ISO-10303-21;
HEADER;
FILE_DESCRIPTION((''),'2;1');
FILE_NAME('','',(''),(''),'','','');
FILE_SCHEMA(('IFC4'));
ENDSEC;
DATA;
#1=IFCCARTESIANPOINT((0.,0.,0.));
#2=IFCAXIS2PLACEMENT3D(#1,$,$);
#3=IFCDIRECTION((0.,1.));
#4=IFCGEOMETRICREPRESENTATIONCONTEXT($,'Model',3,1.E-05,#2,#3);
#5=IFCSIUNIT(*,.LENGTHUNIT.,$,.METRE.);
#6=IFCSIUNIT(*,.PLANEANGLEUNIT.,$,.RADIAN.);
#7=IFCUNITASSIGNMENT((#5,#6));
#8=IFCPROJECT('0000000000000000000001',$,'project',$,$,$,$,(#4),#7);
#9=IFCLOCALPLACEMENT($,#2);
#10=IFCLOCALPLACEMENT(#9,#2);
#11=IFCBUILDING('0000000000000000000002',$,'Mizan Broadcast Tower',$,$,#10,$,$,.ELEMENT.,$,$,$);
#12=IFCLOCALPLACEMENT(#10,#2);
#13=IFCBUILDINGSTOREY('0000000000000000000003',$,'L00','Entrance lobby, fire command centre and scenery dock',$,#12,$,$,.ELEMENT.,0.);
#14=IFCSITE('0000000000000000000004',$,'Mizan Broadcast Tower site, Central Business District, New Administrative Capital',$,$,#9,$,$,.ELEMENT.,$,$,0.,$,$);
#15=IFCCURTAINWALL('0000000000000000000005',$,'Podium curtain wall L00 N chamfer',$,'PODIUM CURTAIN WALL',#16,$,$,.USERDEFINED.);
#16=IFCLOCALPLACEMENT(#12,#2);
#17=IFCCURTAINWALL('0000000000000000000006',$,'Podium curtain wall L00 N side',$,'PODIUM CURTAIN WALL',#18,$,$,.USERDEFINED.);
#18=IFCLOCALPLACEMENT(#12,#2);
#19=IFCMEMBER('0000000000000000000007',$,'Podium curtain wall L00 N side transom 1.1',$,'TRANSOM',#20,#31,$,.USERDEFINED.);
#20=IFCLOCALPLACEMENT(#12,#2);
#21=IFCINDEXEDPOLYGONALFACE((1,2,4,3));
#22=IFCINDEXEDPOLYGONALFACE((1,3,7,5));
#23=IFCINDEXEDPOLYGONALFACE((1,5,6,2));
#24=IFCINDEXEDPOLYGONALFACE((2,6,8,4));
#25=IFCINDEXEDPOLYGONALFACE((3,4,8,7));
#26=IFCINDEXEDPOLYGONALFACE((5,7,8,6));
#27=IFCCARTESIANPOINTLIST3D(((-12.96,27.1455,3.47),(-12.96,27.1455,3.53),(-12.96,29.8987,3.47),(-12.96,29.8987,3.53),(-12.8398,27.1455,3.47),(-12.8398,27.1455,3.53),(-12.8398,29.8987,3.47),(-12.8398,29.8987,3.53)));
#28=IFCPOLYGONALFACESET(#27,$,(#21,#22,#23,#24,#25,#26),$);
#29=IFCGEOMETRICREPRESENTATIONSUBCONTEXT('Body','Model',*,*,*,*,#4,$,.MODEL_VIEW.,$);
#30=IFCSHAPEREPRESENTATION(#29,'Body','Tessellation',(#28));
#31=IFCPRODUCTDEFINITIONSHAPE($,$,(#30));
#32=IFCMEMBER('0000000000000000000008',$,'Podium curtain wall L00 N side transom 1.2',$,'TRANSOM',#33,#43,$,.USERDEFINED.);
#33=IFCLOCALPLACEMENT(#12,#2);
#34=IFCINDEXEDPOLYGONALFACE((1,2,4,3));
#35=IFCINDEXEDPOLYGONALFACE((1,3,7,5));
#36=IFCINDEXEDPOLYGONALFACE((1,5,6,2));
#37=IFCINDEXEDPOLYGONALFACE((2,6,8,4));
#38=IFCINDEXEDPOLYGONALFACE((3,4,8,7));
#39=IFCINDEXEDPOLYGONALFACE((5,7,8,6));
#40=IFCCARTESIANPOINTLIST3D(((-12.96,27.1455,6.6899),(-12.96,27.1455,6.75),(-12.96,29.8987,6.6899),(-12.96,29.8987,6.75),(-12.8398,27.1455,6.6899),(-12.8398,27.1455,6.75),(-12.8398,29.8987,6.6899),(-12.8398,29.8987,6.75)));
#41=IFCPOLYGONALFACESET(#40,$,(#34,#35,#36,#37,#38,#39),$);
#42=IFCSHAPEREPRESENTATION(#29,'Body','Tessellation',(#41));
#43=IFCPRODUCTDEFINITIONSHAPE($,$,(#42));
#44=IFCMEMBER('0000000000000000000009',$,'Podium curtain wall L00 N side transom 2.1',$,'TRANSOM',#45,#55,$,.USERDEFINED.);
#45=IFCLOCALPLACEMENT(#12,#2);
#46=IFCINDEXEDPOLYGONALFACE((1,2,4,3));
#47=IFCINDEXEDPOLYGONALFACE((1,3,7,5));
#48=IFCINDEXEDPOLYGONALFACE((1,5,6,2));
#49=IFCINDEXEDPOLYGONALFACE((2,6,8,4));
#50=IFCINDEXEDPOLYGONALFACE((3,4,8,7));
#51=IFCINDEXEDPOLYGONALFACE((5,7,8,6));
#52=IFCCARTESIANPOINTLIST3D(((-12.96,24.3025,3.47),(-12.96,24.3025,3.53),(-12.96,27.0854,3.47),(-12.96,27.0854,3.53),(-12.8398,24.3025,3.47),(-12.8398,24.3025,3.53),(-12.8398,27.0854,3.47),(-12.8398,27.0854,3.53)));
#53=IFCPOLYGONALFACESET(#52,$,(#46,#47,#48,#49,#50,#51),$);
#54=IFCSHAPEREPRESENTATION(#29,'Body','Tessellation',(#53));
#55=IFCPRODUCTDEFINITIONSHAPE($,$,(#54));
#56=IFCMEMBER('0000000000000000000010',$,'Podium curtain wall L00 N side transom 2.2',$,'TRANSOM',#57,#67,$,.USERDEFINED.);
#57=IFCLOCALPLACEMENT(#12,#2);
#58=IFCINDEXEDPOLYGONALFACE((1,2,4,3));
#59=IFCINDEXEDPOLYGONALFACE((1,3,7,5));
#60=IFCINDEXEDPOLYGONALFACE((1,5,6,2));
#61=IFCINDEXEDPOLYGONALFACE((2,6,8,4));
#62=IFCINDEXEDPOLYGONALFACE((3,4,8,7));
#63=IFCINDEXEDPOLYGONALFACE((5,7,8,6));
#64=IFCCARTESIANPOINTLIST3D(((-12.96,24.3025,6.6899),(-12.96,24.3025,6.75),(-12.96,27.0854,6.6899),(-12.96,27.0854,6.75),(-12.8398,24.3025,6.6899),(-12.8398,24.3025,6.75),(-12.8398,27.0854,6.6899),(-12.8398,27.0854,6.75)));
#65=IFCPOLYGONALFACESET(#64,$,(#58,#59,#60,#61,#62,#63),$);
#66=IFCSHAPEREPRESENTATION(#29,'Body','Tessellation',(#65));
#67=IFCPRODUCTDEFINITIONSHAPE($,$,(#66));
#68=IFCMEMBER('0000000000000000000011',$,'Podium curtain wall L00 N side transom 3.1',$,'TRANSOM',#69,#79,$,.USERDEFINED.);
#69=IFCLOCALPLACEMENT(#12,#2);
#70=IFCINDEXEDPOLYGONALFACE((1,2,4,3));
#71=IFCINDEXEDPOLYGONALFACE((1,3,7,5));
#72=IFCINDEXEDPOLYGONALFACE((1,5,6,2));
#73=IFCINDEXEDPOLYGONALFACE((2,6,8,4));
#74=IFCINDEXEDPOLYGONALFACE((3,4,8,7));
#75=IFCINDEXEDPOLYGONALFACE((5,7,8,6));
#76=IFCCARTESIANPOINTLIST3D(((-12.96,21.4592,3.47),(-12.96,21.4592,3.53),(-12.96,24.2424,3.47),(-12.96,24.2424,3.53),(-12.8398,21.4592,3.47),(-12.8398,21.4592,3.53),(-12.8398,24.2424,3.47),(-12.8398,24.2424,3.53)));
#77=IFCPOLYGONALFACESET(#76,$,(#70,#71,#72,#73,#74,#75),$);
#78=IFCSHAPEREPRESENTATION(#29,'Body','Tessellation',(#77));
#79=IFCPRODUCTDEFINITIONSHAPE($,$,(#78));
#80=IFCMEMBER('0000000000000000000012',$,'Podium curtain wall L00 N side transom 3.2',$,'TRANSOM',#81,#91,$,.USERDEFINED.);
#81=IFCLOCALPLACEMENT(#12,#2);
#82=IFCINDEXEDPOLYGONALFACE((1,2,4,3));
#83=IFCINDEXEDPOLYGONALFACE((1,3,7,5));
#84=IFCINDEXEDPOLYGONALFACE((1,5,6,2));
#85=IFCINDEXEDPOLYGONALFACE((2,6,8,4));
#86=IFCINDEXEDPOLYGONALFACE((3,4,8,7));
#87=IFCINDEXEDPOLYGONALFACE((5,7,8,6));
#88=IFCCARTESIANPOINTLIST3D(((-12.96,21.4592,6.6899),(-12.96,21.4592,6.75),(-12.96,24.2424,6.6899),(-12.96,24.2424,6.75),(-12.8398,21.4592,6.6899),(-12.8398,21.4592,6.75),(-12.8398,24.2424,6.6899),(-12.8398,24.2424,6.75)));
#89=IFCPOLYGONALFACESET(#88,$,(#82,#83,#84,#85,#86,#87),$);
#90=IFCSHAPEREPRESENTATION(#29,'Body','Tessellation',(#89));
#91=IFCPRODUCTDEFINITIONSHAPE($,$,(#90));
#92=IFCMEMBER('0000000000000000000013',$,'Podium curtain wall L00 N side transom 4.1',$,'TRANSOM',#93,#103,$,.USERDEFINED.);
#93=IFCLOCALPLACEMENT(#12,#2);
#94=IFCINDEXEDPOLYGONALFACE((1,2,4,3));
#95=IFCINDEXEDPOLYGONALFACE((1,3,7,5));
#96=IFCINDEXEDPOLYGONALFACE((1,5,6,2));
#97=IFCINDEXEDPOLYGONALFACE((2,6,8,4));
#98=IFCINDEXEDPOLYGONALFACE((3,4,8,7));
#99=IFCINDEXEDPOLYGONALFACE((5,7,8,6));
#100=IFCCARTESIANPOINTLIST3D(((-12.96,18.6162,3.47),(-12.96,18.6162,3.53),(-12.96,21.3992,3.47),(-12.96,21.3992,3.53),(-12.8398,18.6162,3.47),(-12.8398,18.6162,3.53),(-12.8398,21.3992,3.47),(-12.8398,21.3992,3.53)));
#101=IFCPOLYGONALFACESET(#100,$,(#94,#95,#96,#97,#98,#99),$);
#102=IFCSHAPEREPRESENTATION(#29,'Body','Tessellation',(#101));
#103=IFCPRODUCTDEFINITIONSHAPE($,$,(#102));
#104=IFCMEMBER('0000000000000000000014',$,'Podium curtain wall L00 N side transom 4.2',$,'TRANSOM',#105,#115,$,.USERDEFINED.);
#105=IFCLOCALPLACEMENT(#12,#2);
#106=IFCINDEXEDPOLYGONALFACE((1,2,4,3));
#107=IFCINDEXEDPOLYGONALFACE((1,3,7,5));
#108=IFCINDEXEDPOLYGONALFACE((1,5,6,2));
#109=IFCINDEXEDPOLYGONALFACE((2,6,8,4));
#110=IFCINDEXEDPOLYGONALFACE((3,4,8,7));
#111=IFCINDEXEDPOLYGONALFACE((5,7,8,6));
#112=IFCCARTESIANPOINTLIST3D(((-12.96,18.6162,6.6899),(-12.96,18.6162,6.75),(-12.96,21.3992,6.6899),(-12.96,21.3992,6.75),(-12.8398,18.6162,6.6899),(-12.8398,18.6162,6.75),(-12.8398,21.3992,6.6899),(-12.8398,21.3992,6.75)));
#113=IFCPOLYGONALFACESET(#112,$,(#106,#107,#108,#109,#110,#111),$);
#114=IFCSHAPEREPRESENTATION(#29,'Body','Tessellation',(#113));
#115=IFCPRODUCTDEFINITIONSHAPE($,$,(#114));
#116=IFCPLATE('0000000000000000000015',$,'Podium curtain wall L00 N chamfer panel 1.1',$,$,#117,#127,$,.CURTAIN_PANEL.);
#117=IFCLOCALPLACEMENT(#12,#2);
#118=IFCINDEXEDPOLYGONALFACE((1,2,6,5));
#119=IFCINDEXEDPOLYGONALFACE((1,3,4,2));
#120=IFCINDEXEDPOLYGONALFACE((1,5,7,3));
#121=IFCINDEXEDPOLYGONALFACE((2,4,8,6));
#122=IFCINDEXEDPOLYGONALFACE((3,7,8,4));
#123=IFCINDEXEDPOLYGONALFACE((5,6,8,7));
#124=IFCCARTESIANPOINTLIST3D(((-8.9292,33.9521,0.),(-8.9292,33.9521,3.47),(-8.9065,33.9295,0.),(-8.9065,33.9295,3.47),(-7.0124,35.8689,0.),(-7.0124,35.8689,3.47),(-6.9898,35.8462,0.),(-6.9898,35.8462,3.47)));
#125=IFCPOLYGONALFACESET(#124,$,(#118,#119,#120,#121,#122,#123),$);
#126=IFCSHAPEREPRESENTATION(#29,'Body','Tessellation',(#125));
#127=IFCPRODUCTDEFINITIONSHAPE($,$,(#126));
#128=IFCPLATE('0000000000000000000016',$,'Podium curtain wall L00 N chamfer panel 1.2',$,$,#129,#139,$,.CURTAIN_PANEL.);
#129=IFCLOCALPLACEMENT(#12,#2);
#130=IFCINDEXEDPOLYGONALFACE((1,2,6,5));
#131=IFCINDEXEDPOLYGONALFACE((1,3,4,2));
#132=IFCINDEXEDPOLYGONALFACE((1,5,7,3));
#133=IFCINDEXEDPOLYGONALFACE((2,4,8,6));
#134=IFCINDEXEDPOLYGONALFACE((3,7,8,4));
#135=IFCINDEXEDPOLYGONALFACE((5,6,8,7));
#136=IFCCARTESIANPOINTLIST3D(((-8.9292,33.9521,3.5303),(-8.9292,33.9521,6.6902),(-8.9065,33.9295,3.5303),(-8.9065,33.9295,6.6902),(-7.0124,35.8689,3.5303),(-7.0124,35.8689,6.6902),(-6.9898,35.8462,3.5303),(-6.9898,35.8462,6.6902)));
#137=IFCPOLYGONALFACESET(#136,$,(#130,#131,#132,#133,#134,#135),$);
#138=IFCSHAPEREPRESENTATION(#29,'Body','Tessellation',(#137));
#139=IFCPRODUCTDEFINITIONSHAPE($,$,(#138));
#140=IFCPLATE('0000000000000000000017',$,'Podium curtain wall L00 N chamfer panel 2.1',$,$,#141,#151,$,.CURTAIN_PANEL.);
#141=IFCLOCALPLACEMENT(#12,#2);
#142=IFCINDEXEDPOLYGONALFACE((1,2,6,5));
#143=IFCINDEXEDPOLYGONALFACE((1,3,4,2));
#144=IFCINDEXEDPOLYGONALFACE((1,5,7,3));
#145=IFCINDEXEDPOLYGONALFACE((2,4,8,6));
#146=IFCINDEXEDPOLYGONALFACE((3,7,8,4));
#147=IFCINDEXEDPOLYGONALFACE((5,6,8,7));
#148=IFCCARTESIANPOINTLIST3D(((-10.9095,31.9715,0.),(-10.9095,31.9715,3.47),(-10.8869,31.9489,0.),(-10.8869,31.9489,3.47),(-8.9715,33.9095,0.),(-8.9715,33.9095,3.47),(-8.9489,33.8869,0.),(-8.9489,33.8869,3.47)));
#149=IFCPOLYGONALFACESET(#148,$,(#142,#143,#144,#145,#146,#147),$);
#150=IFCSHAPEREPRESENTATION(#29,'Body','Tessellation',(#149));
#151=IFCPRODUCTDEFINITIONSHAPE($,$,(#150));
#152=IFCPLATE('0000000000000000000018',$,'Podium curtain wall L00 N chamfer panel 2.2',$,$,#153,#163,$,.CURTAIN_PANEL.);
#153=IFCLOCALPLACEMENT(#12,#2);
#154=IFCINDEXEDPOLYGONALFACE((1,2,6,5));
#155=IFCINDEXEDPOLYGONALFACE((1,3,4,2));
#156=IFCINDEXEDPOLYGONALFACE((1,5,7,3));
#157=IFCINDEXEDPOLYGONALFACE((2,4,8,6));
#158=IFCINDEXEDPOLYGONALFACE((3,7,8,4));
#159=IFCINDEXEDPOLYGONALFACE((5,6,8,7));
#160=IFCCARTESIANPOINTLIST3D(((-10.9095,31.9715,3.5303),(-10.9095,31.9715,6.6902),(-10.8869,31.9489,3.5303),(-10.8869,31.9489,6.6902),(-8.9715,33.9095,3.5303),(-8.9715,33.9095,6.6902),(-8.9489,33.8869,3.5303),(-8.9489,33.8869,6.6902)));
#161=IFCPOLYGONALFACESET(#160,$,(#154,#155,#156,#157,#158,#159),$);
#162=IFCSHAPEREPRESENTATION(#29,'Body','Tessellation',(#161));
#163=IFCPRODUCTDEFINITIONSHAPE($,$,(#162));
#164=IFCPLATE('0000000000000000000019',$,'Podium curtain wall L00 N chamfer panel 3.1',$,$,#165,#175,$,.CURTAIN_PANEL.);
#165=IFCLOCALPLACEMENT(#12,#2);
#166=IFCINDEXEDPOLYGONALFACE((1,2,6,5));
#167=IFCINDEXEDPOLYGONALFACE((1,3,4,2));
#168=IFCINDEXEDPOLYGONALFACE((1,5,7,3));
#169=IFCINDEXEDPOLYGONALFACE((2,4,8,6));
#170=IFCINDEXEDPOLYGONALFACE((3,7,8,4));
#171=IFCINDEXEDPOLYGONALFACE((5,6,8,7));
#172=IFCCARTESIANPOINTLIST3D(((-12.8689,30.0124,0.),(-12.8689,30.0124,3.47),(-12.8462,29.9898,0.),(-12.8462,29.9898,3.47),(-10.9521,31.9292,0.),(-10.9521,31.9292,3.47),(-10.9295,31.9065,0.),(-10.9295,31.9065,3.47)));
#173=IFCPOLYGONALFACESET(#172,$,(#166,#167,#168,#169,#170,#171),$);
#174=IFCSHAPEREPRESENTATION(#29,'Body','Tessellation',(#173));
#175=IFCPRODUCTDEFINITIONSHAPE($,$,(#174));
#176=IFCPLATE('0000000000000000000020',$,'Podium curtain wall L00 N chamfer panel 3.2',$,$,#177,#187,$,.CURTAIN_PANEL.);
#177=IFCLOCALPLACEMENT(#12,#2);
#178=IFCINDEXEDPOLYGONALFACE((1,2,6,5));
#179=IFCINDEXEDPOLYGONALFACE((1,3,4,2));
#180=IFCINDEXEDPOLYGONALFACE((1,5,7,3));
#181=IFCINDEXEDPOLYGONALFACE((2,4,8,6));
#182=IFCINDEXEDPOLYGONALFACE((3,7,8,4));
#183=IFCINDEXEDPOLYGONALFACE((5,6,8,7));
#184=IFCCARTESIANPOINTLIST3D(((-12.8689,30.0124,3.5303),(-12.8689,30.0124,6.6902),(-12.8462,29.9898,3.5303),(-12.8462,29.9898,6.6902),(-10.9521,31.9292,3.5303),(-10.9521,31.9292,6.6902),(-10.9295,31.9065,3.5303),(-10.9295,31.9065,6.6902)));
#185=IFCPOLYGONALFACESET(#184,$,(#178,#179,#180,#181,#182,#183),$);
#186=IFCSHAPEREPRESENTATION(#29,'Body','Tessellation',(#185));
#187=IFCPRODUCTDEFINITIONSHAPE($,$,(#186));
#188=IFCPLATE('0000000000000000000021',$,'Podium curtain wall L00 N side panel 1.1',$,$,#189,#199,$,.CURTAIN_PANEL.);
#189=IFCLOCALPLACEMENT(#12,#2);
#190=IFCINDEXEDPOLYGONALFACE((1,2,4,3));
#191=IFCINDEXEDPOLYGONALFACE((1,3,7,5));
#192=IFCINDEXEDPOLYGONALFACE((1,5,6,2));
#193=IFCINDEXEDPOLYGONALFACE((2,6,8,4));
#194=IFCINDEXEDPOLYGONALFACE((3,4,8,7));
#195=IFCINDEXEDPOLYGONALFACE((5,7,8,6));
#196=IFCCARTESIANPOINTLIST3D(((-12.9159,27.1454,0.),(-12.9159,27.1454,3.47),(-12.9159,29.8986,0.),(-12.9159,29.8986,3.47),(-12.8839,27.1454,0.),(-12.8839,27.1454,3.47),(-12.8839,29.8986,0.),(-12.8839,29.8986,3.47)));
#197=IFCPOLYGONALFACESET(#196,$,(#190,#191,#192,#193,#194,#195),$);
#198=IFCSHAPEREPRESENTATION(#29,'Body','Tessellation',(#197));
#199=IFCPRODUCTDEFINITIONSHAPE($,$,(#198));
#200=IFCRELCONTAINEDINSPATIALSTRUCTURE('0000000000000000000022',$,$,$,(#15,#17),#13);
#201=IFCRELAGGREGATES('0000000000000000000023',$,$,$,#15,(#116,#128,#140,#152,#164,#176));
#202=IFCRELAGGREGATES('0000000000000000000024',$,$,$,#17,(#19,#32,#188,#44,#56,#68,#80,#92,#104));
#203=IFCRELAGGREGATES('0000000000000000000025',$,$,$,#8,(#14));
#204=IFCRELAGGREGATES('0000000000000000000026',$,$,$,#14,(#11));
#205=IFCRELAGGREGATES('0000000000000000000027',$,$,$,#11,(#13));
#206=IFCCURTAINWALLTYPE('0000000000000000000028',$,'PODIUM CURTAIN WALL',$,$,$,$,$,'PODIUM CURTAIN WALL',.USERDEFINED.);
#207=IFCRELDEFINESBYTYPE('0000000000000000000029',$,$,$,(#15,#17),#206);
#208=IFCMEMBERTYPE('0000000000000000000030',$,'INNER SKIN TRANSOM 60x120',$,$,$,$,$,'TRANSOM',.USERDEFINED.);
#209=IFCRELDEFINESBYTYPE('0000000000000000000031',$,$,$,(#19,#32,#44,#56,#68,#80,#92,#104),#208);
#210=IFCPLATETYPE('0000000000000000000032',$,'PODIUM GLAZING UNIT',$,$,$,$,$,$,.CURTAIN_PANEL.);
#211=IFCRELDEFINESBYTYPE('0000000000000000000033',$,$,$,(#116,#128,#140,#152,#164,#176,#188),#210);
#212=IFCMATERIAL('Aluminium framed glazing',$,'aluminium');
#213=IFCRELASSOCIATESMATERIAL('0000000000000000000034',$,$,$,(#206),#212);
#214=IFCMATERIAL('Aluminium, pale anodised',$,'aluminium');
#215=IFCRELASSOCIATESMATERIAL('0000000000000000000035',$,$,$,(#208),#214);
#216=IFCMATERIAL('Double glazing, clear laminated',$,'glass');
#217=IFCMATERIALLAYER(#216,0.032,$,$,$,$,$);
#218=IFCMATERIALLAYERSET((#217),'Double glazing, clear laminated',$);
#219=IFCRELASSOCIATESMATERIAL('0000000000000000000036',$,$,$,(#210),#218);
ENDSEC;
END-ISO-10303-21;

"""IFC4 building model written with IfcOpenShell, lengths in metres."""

from ifc_helpers import new_model, si_unit, direction, frame, origin, origin_2d, place, context, subcontext, project, spatial, rectangle, extrude, material, layer, layer_set, material_profile, profile_set, type_object, element, aggregate, save


model = new_model("IFC4")

# Units and contexts
model_context = context("Model", 3, precision=1e-05, world=origin(), true_north=direction((0.0, 1.0)))
body_context = subcontext(model_context, "Body", "Model", "MODEL_VIEW")
ifc_project = project(units=[si_unit("LENGTHUNIT", "METRE"), si_unit("PLANEANGLEUNIT", "RADIAN")], contexts=[model_context])

# Site, building, storey
site_placement = place(None, origin())
site = spatial("IfcSite", under=ifc_project, at=site_placement, Name="Mizan Broadcast Tower site, Central Business District, New Administrative Capital", CompositionType="ELEMENT", RefElevation=0.0)
building_placement = place(site_placement, origin())
building = spatial("IfcBuilding", under=site, at=building_placement, Name="Mizan Broadcast Tower", CompositionType="ELEMENT")
storey_placement = place(building_placement, origin())
storey = spatial("IfcBuildingStorey", under=building, at=storey_placement, Name="L00", Description="Entrance lobby, fire command centre and scenery dock", CompositionType="ELEMENT", Elevation=0.0)

# Curtain walls
ifc_material_1 = material(Name="Aluminium framed glazing", Category="aluminium")
curtain_wall_type = type_object("IfcCurtainWallType", Name="PODIUM CURTAIN WALL", ElementType="PODIUM CURTAIN WALL", PredefinedType="USERDEFINED", material=ifc_material_1)
curtain_wall_1_placement = place(storey_placement, origin())
curtain_wall_1 = element("IfcCurtainWall", 1, at=curtain_wall_1_placement, inside=storey, type_object=curtain_wall_type, Name="Podium curtain wall L00 N chamfer", ObjectType="PODIUM CURTAIN WALL", PredefinedType="USERDEFINED")
curtain_wall_2_placement = place(storey_placement, origin())
curtain_wall_2 = element("IfcCurtainWall", 2, at=curtain_wall_2_placement, inside=storey, type_object=curtain_wall_type, Name="Podium curtain wall L00 N side", ObjectType="PODIUM CURTAIN WALL", PredefinedType="USERDEFINED")

# Members
ifc_material_2 = material(Name="Aluminium, pale anodised", Category="aluminium")
ifc_material_profile_1 = material_profile(ifc_material_2, rectangle(XDim=0.1201, YDim=0.0601, at=origin_2d()), Name="TRANSOM 120x60")
ifc_profile_set_1 = profile_set([ifc_material_profile_1], Name="Aluminium, pale anodised")
member_type_1 = type_object("IfcMemberType", Name="INNER SKIN TRANSOM 60x120", ElementType="TRANSOM", PredefinedType="USERDEFINED", material=ifc_profile_set_1)
member_1_placement = place(storey_placement, frame((-12.8999, 29.8987, 3.5), z_axis=(0.0, -1.0, 0.0), x_axis=(1.0, 0.0, 0.0)))
member_1 = element("IfcMember", 3, at=member_1_placement, type_object=member_type_1, Name="Podium curtain wall L00 N side transom 1.1", ObjectType="TRANSOM", PredefinedType="USERDEFINED", context=body_context, shape_type="SweptSolid", body=[
    extrude(rectangle(XDim=0.1201, YDim=0.0601, at=origin_2d()), origin(), (0.0, 0.0, 1.0), 2.7532),
])
member_2_placement = place(storey_placement, frame((-12.8999, 29.8987, 6.72), z_axis=(0.0, -1.0, 0.0), x_axis=(1.0, 0.0, 0.0)))
member_2 = element("IfcMember", 4, at=member_2_placement, type_object=member_type_1, Name="Podium curtain wall L00 N side transom 1.2", ObjectType="TRANSOM", PredefinedType="USERDEFINED", context=body_context, shape_type="SweptSolid", body=[
    extrude(rectangle(XDim=0.1201, YDim=0.0601, at=origin_2d()), origin(), (0.0, 0.0, 1.0), 2.7532),
])
member_3_placement = place(storey_placement, frame((-12.8999, 27.0854, 3.5), z_axis=(0.0, -1.0, 0.0), x_axis=(1.0, 0.0, 0.0)))
member_3 = element("IfcMember", 5, at=member_3_placement, type_object=member_type_1, Name="Podium curtain wall L00 N side transom 2.1", ObjectType="TRANSOM", PredefinedType="USERDEFINED", context=body_context, shape_type="SweptSolid", body=[
    extrude(rectangle(XDim=0.1201, YDim=0.0601, at=origin_2d()), origin(), (0.0, 0.0, 1.0), 2.783),
])
member_4_placement = place(storey_placement, frame((-12.8999, 27.0854, 6.72), z_axis=(0.0, -1.0, 0.0), x_axis=(1.0, 0.0, 0.0)))
member_4 = element("IfcMember", 6, at=member_4_placement, type_object=member_type_1, Name="Podium curtain wall L00 N side transom 2.2", ObjectType="TRANSOM", PredefinedType="USERDEFINED", context=body_context, shape_type="SweptSolid", body=[
    extrude(rectangle(XDim=0.1201, YDim=0.0601, at=origin_2d()), origin(), (0.0, 0.0, 1.0), 2.783),
])
member_5_placement = place(storey_placement, frame((-12.8999, 24.2424, 3.5), z_axis=(0.0, -1.0, 0.0), x_axis=(1.0, 0.0, 0.0)))
member_5 = element("IfcMember", 7, at=member_5_placement, type_object=member_type_1, Name="Podium curtain wall L00 N side transom 3.1", ObjectType="TRANSOM", PredefinedType="USERDEFINED", context=body_context, shape_type="SweptSolid", body=[
    extrude(rectangle(XDim=0.1201, YDim=0.0601, at=origin_2d()), origin(), (0.0, 0.0, 1.0), 2.7832),
])
member_6_placement = place(storey_placement, frame((-12.8999, 24.2424, 6.72), z_axis=(0.0, -1.0, 0.0), x_axis=(1.0, 0.0, 0.0)))
member_6 = element("IfcMember", 8, at=member_6_placement, type_object=member_type_1, Name="Podium curtain wall L00 N side transom 3.2", ObjectType="TRANSOM", PredefinedType="USERDEFINED", context=body_context, shape_type="SweptSolid", body=[
    extrude(rectangle(XDim=0.1201, YDim=0.0601, at=origin_2d()), origin(), (0.0, 0.0, 1.0), 2.7832),
])
member_7_placement = place(storey_placement, frame((-12.8999, 21.3992, 3.5), z_axis=(0.0, -1.0, 0.0), x_axis=(1.0, 0.0, 0.0)))
member_7 = element("IfcMember", 9, at=member_7_placement, type_object=member_type_1, Name="Podium curtain wall L00 N side transom 4.1", ObjectType="TRANSOM", PredefinedType="USERDEFINED", context=body_context, shape_type="SweptSolid", body=[
    extrude(rectangle(XDim=0.1201, YDim=0.0601, at=origin_2d()), origin(), (0.0, 0.0, 1.0), 2.783),
])
member_8_placement = place(storey_placement, frame((-12.8999, 21.3992, 6.72), z_axis=(0.0, -1.0, 0.0), x_axis=(1.0, 0.0, 0.0)))
member_8 = element("IfcMember", 10, at=member_8_placement, type_object=member_type_1, Name="Podium curtain wall L00 N side transom 4.2", ObjectType="TRANSOM", PredefinedType="USERDEFINED", context=body_context, shape_type="SweptSolid", body=[
    extrude(rectangle(XDim=0.1201, YDim=0.0601, at=origin_2d()), origin(), (0.0, 0.0, 1.0), 2.783),
])

# Plates
ifc_material_3 = material(Name="Double glazing, clear laminated", Category="glass")
ifc_layer_1 = layer(ifc_material_3, 0.032)
ifc_layer_set_1 = layer_set([ifc_layer_1], Name="Double glazing, clear laminated")
plate_type = type_object("IfcPlateType", Name="PODIUM GLAZING UNIT", PredefinedType="CURTAIN_PANEL", material=ifc_layer_set_1)
plate_1_placement = place(storey_placement, frame((-7.9595, 34.8992, 0.0), z_axis=(0.0, 0.0, 1.0), x_axis=(-0.707107, -0.707107, 0.0)))
plate_1 = element("IfcPlate", 11, at=plate_1_placement, type_object=plate_type, Name="Podium curtain wall L00 N chamfer panel 1.1", PredefinedType="CURTAIN_PANEL", context=body_context, shape_type="SweptSolid", body=[
    extrude(rectangle(XDim=2.7107, YDim=0.032, at=origin_2d()), origin(), (0.0, 0.0, 1.0), 3.47),
])
plate_2_placement = place(storey_placement, frame((-7.9595, 34.8992, 3.5303), z_axis=(0.0, 0.0, 1.0), x_axis=(-0.707107, -0.707107, 0.0)))
plate_2 = element("IfcPlate", 12, at=plate_2_placement, type_object=plate_type, Name="Podium curtain wall L00 N chamfer panel 1.2", PredefinedType="CURTAIN_PANEL", context=body_context, shape_type="SweptSolid", body=[
    extrude(rectangle(XDim=2.7107, YDim=0.032, at=origin_2d()), origin(), (0.0, 0.0, 1.0), 3.1599),
])
plate_3_placement = place(storey_placement, frame((-9.9292, 32.9292, 0.0), z_axis=(0.0, 0.0, 1.0), x_axis=(-0.707107, -0.707107, 0.0)))
plate_3 = element("IfcPlate", 13, at=plate_3_placement, type_object=plate_type, Name="Podium curtain wall L00 N chamfer panel 2.1", PredefinedType="CURTAIN_PANEL", context=body_context, shape_type="SweptSolid", body=[
    extrude(rectangle(XDim=2.7407, YDim=0.032, at=origin_2d()), origin(), (0.0, 0.0, 1.0), 3.47),
])
plate_4_placement = place(storey_placement, frame((-9.9292, 32.9292, 3.5303), z_axis=(0.0, 0.0, 1.0), x_axis=(-0.707107, -0.707107, 0.0)))
plate_4 = element("IfcPlate", 14, at=plate_4_placement, type_object=plate_type, Name="Podium curtain wall L00 N chamfer panel 2.2", PredefinedType="CURTAIN_PANEL", context=body_context, shape_type="SweptSolid", body=[
    extrude(rectangle(XDim=2.7407, YDim=0.032, at=origin_2d()), origin(), (0.0, 0.0, 1.0), 3.1599),
])
plate_5_placement = place(storey_placement, frame((-11.8992, 30.9595, 0.0), z_axis=(0.0, 0.0, 1.0), x_axis=(-0.707107, -0.707107, 0.0)))
plate_5 = element("IfcPlate", 15, at=plate_5_placement, type_object=plate_type, Name="Podium curtain wall L00 N chamfer panel 3.1", PredefinedType="CURTAIN_PANEL", context=body_context, shape_type="SweptSolid", body=[
    extrude(rectangle(XDim=2.7107, YDim=0.032, at=origin_2d()), origin(), (0.0, 0.0, 1.0), 3.47),
])
plate_6_placement = place(storey_placement, frame((-11.8992, 30.9595, 3.5303), z_axis=(0.0, 0.0, 1.0), x_axis=(-0.707107, -0.707107, 0.0)))
plate_6 = element("IfcPlate", 16, at=plate_6_placement, type_object=plate_type, Name="Podium curtain wall L00 N chamfer panel 3.2", PredefinedType="CURTAIN_PANEL", context=body_context, shape_type="SweptSolid", body=[
    extrude(rectangle(XDim=2.7107, YDim=0.032, at=origin_2d()), origin(), (0.0, 0.0, 1.0), 3.1599),
])
aggregate(curtain_wall_1, [plate_1, plate_2, plate_3, plate_4, plate_5, plate_6])
plate_7_placement = place(storey_placement, frame((-12.8999, 28.522, 0.0), z_axis=(0.0, 0.0, 1.0), x_axis=(0.0, -1.0, 0.0)))
plate_7 = element("IfcPlate", 17, at=plate_7_placement, type_object=plate_type, Name="Podium curtain wall L00 N side panel 1.1", PredefinedType="CURTAIN_PANEL", context=body_context, shape_type="SweptSolid", body=[
    extrude(rectangle(XDim=2.7532, YDim=0.032, at=origin_2d()), origin(), (0.0, 0.0, 1.0), 3.47),
])
aggregate(curtain_wall_2, [member_1, member_2, plate_7, member_3, member_4, member_5, member_6, member_7, member_8])

save(model, "model.ifc")
